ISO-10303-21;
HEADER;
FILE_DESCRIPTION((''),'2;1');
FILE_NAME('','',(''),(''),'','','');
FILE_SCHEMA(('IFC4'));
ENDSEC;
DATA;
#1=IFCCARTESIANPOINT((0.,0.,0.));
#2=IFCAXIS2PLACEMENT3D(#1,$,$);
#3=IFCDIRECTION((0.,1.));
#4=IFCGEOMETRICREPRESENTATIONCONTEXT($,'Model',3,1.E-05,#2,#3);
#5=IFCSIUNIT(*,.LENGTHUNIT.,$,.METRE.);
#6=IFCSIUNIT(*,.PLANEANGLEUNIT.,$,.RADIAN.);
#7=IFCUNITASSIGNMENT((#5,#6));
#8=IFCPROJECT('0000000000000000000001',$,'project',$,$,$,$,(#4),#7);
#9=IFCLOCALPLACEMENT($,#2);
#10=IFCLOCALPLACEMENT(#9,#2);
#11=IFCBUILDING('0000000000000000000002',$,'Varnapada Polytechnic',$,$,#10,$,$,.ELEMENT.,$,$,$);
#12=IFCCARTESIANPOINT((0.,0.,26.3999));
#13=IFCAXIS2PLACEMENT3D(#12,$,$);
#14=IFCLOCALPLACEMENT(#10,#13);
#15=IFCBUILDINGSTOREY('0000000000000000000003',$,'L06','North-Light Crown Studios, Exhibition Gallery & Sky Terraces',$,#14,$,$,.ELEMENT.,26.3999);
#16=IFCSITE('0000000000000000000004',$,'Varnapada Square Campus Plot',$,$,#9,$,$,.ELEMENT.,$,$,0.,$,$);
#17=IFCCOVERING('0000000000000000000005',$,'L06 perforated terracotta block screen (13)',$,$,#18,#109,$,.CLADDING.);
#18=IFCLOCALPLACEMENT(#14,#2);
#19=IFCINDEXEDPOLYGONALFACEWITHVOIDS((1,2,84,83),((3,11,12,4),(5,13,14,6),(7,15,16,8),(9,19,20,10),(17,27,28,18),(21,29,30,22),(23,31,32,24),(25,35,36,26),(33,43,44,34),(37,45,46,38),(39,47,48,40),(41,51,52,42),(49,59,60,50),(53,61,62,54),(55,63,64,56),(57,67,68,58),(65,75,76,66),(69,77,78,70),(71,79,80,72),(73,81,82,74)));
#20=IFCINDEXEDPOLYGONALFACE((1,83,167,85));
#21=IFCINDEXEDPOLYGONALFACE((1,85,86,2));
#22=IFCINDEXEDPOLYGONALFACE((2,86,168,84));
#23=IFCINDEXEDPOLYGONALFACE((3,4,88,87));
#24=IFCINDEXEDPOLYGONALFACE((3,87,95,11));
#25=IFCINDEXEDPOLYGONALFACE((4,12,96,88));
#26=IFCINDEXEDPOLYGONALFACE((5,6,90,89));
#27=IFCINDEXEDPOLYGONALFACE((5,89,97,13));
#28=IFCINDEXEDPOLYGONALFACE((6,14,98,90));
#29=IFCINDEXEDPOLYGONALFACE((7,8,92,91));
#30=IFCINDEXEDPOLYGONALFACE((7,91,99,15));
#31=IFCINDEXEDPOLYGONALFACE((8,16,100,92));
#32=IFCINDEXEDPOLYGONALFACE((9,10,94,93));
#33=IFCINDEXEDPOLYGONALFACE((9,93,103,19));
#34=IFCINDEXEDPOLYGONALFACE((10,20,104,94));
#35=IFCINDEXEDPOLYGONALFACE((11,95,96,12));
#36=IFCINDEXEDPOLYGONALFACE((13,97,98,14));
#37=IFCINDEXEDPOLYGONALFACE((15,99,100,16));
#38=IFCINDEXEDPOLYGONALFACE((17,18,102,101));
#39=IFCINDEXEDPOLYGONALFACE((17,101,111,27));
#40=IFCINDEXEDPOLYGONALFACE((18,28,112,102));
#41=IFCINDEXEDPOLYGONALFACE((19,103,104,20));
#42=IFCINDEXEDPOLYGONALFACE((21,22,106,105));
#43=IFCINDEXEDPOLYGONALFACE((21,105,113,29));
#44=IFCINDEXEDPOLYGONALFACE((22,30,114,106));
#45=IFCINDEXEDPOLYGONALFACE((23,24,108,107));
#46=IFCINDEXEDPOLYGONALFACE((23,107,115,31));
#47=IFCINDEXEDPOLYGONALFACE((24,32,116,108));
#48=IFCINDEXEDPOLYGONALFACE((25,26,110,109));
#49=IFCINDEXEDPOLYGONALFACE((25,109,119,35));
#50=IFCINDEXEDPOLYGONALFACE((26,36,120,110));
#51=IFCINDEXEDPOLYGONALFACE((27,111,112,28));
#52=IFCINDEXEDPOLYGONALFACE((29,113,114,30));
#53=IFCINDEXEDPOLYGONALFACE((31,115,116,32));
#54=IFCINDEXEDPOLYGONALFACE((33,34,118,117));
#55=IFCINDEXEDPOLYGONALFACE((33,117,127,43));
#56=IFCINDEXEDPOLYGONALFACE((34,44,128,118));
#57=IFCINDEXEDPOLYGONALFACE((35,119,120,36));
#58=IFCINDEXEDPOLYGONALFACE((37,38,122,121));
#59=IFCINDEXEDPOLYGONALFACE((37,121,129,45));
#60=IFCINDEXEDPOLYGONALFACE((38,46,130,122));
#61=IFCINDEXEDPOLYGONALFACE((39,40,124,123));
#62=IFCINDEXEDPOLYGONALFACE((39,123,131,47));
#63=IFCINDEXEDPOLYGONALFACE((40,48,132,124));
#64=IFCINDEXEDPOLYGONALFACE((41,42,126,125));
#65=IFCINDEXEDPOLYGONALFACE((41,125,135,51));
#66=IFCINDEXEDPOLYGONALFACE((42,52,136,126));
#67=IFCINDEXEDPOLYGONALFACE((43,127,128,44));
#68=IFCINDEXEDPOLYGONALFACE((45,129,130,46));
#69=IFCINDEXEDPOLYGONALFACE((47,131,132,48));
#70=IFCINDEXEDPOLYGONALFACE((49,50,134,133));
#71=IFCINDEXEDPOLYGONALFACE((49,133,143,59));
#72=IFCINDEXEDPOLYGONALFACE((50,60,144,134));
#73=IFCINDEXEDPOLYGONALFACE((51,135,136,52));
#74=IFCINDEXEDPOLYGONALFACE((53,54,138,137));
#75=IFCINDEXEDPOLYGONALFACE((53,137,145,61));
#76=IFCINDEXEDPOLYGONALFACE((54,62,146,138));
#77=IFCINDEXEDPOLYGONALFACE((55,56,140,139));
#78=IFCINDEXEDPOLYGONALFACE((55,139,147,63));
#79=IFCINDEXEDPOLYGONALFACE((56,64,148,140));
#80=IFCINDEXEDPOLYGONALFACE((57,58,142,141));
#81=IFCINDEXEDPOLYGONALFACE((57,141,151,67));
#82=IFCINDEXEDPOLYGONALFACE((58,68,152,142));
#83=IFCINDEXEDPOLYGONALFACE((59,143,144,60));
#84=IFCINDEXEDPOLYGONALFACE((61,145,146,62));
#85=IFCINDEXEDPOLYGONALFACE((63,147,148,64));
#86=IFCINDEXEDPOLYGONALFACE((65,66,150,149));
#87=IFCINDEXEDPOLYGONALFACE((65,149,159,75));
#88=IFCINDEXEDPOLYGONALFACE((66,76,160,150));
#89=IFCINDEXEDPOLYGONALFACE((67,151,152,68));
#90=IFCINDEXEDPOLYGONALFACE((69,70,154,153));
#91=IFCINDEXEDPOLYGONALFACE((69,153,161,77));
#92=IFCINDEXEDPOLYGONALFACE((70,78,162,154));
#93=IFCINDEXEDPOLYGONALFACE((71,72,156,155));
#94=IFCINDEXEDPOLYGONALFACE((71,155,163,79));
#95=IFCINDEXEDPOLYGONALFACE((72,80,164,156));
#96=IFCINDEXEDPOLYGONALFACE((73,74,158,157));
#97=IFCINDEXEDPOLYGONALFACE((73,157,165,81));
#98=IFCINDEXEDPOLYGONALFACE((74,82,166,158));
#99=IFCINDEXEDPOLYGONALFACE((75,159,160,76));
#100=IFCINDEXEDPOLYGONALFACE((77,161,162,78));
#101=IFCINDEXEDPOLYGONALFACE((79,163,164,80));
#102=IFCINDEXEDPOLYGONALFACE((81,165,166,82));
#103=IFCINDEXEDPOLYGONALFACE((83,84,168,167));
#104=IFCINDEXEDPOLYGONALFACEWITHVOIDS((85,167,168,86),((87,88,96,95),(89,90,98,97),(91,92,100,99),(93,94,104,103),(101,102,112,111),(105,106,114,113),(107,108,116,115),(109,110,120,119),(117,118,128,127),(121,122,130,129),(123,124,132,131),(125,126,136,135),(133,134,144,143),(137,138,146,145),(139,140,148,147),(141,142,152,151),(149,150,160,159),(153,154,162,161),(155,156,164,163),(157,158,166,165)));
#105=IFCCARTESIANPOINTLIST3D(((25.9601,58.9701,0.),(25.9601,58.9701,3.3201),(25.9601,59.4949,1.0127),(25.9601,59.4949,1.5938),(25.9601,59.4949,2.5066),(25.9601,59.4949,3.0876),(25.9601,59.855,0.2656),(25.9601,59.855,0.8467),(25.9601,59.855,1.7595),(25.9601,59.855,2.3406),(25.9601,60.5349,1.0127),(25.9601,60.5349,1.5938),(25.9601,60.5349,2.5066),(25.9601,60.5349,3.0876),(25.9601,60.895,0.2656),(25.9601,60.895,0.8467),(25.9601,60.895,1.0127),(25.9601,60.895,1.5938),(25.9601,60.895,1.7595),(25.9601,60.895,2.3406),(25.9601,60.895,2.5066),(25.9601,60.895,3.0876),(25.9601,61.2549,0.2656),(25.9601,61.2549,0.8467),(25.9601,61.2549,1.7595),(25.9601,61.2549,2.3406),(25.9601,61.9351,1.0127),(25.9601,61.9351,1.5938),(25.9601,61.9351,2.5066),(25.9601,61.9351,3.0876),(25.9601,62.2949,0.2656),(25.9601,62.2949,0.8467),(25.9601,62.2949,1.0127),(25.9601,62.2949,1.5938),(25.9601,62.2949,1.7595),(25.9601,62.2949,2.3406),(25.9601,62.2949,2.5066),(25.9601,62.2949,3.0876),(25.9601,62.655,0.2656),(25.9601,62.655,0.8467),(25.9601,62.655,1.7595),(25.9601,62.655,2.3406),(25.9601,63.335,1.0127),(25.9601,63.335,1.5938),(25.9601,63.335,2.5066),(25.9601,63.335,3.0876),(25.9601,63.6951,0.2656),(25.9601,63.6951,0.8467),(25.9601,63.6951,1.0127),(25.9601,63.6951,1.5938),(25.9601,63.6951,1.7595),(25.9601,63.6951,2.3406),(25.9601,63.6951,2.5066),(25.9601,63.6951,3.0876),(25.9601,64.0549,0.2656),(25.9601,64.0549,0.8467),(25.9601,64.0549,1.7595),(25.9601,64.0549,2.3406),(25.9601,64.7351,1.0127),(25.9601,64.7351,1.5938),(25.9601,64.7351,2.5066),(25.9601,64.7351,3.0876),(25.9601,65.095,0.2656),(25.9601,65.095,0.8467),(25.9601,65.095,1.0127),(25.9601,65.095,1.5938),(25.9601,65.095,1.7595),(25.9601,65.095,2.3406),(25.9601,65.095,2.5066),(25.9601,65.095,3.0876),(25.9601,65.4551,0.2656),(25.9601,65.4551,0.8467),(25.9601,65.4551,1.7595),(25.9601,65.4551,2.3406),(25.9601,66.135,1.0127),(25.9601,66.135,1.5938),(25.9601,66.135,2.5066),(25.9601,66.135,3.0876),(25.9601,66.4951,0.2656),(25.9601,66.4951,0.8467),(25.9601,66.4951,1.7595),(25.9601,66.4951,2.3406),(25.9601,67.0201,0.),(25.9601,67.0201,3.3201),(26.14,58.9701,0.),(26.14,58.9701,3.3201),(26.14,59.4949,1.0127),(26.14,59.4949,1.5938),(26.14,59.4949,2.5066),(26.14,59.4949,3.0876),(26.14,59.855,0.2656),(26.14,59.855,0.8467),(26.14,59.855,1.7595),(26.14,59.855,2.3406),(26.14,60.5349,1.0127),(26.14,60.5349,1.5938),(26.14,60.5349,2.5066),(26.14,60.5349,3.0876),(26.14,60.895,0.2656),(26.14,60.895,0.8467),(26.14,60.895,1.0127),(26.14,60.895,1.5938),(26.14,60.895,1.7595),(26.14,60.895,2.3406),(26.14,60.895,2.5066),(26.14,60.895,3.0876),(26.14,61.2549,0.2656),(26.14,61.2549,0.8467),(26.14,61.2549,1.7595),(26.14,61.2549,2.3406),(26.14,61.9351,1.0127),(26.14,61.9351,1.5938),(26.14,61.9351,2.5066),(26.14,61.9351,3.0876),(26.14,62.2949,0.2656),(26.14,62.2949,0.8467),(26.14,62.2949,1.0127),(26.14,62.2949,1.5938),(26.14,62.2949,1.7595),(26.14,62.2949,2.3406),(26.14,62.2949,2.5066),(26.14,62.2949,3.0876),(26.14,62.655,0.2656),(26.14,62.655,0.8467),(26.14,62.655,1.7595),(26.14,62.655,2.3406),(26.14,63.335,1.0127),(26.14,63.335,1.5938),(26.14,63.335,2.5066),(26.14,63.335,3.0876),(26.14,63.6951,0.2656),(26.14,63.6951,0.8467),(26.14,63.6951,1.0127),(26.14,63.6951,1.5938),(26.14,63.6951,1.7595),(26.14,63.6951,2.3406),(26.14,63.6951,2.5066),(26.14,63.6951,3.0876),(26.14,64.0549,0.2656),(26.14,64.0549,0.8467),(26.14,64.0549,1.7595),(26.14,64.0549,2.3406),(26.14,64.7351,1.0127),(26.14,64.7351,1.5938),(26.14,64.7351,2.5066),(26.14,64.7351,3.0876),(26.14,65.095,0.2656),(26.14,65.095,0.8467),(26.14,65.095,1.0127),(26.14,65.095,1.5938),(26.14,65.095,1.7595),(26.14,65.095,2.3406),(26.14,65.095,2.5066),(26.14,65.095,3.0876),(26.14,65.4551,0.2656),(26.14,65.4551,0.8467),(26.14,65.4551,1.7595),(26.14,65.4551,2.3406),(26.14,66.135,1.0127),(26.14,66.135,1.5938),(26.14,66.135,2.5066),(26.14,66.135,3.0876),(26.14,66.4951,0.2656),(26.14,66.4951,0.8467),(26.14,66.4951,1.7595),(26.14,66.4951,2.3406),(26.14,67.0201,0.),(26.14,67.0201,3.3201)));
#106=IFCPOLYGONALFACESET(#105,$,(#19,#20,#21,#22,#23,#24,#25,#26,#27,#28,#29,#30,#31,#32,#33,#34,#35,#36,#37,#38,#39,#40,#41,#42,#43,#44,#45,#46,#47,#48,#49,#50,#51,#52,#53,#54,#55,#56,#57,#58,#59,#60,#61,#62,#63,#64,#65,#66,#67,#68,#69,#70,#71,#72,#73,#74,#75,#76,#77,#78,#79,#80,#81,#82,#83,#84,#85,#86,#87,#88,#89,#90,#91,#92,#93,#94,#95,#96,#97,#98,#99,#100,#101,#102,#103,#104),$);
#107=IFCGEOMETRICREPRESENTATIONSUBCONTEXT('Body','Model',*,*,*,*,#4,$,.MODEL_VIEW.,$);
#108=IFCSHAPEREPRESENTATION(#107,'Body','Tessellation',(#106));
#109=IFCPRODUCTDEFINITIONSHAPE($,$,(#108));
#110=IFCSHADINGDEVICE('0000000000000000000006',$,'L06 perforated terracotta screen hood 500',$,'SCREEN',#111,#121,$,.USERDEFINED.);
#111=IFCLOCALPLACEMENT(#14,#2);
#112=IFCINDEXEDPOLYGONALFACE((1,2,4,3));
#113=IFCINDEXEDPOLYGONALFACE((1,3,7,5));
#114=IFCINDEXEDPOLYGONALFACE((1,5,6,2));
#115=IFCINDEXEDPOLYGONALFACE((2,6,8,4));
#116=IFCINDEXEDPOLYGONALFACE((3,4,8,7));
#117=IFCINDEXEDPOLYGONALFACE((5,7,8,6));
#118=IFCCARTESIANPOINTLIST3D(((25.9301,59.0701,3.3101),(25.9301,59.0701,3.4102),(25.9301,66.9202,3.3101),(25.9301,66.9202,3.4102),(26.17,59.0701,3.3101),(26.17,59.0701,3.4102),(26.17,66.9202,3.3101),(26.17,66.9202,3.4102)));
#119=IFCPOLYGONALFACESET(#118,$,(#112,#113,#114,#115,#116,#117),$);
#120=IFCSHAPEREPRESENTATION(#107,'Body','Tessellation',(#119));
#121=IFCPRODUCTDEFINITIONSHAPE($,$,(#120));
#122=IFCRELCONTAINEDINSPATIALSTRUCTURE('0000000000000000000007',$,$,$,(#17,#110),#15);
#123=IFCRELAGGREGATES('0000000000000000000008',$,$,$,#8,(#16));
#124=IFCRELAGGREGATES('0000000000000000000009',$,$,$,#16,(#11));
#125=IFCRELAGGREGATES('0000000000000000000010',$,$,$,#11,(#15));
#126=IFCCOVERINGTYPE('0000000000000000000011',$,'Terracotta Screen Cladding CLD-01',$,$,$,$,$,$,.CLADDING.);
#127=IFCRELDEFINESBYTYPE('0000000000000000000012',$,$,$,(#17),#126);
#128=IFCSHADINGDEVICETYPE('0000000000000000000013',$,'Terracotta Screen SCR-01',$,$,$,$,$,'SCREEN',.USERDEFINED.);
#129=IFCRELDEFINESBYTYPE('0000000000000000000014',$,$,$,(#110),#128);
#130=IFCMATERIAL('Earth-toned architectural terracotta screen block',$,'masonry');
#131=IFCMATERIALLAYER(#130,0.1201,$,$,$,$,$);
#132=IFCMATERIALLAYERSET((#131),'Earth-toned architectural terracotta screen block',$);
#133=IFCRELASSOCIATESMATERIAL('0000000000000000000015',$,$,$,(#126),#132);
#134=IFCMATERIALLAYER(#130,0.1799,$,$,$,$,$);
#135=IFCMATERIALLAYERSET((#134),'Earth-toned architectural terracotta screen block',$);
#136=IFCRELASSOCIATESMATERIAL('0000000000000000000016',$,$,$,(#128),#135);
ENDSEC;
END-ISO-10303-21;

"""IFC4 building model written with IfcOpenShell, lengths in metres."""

from ifc_helpers import new_model, si_unit, direction, frame, frame_2d, origin, origin_2d, place, context, subcontext, project, spatial, rectangle, extrude, material, layer, layer_set, type_object, element, save


model = new_model("IFC4")

# Units and contexts
model_context = context("Model", 3, precision=1e-05, world=origin(), true_north=direction((0.0, 1.0)))
body_context = subcontext(model_context, "Body", "Model", "MODEL_VIEW")
ifc_project = project(units=[si_unit("LENGTHUNIT", "METRE"), si_unit("PLANEANGLEUNIT", "RADIAN")], contexts=[model_context])

# Site, building, storey
site_placement = place(None, origin())
site = spatial("IfcSite", under=ifc_project, at=site_placement, Name="Varnapada Square Campus Plot", CompositionType="ELEMENT", RefElevation=0.0)
building_placement = place(site_placement, origin())
building = spatial("IfcBuilding", under=site, at=building_placement, Name="Varnapada Polytechnic", CompositionType="ELEMENT")
storey_placement = place(building_placement, frame((0.0, 0.0, 26.3999)))
storey = spatial("IfcBuildingStorey", under=building, at=storey_placement, Name="L06", Description="North-Light Crown Studios, Exhibition Gallery & Sky Terraces", CompositionType="ELEMENT", Elevation=26.3999)

# Covering, openings
ifc_material_1 = material(Name="Earth-toned architectural terracotta screen block", Category="masonry")
ifc_layer_1 = layer(ifc_material_1, 0.1201)
ifc_layer_set_1 = layer_set([ifc_layer_1], Name="Earth-toned architectural terracotta screen block")
covering_type_1 = type_object("IfcCoveringType", Name="Terracotta Screen Cladding CLD-01", PredefinedType="CLADDING", material=ifc_layer_set_1)
covering_1_placement = place(storey_placement, frame((26.05, 67.02, 0.0), z_axis=(0.0, 0.0, 1.0), x_axis=(0.0, -1.0, 0.0)))
covering_1 = element("IfcCovering", 1, at=covering_1_placement, inside=storey, type_object=covering_type_1, Name="L06 perforated terracotta block screen (13)", PredefinedType="CLADDING", context=body_context, shape_type="SweptSolid", body=[
    extrude(rectangle(XDim=8.05, YDim=0.1799, at=frame_2d((4.0249, 0.0))), origin(), (0.0, 0.0, 1.0), 3.3201),
])
opening_1_placement = place(covering_1_placement, frame((0.5249, 0.0, 0.2656)))
element("IfcOpeningElement", 2, at=opening_1_placement, cuts=covering_1, PredefinedType="OPENING", context=body_context, shape_type="SweptSolid", body=[
    extrude(rectangle(XDim=1.04, YDim=0.5811, at=frame_2d((0.52, 0.2905))), frame((0.0, 0.0999, 0.0), z_axis=(0.0, -1.0, 0.0), x_axis=(1.0, 0.0, 0.0)), (0.0, 0.0, 1.0), 0.2),
])
opening_2_placement = place(covering_1_placement, frame((1.925, 0.0, 0.2656)))
element("IfcOpeningElement", 3, at=opening_2_placement, cuts=covering_1, PredefinedType="OPENING", context=body_context, shape_type="SweptSolid", body=[
    extrude(rectangle(XDim=1.04, YDim=0.5811, at=frame_2d((0.52, 0.2905))), frame((0.0, 0.0999, 0.0), z_axis=(0.0, -1.0, 0.0), x_axis=(1.0, 0.0, 0.0)), (0.0, 0.0, 1.0), 0.2),
])
opening_3_placement = place(covering_1_placement, frame((3.325, 0.0, 0.2656)))
element("IfcOpeningElement", 4, at=opening_3_placement, cuts=covering_1, PredefinedType="OPENING", context=body_context, shape_type="SweptSolid", body=[
    extrude(rectangle(XDim=1.04, YDim=0.5811, at=frame_2d((0.52, 0.2905))), frame((0.0, 0.0999, 0.0), z_axis=(0.0, -1.0, 0.0), x_axis=(1.0, 0.0, 0.0)), (0.0, 0.0, 1.0), 0.2),
])
opening_4_placement = place(covering_1_placement, frame((4.7251, 0.0, 0.2656)))
element("IfcOpeningElement", 5, at=opening_4_placement, cuts=covering_1, PredefinedType="OPENING", context=body_context, shape_type="SweptSolid", body=[
    extrude(rectangle(XDim=1.04, YDim=0.5811, at=frame_2d((0.52, 0.2905))), frame((0.0, 0.0999, 0.0), z_axis=(0.0, -1.0, 0.0), x_axis=(1.0, 0.0, 0.0)), (0.0, 0.0, 1.0), 0.2),
])
opening_5_placement = place(covering_1_placement, frame((6.125, 0.0, 0.2656)))
element("IfcOpeningElement", 6, at=opening_5_placement, cuts=covering_1, PredefinedType="OPENING", context=body_context, shape_type="SweptSolid", body=[
    extrude(rectangle(XDim=1.04, YDim=0.5811, at=frame_2d((0.52, 0.2905))), frame((0.0, 0.0999, 0.0), z_axis=(0.0, -1.0, 0.0), x_axis=(1.0, 0.0, 0.0)), (0.0, 0.0, 1.0), 0.2),
])
opening_6_placement = place(covering_1_placement, frame((0.885, 0.0, 1.0127)))
element("IfcOpeningElement", 7, at=opening_6_placement, cuts=covering_1, PredefinedType="OPENING", context=body_context, shape_type="SweptSolid", body=[
    extrude(rectangle(XDim=1.04, YDim=0.5811, at=frame_2d((0.52, 0.2905))), frame((0.0, 0.0999, 0.0), z_axis=(0.0, -1.0, 0.0), x_axis=(1.0, 0.0, 0.0)), (0.0, 0.0, 1.0), 0.2),
])
opening_7_placement = place(covering_1_placement, frame((2.2849, 0.0, 1.0127)))
element("IfcOpeningElement", 8, at=opening_7_placement, cuts=covering_1, PredefinedType="OPENING", context=body_context, shape_type="SweptSolid", body=[
    extrude(rectangle(XDim=1.04, YDim=0.5811, at=frame_2d((0.52, 0.2905))), frame((0.0, 0.0999, 0.0), z_axis=(0.0, -1.0, 0.0), x_axis=(1.0, 0.0, 0.0)), (0.0, 0.0, 1.0), 0.2),
])
opening_8_placement = place(covering_1_placement, frame((3.6851, 0.0, 1.0127)))
element("IfcOpeningElement", 9, at=opening_8_placement, cuts=covering_1, PredefinedType="OPENING", context=body_context, shape_type="SweptSolid", body=[
    extrude(rectangle(XDim=1.04, YDim=0.5811, at=frame_2d((0.52, 0.2905))), frame((0.0, 0.0999, 0.0), z_axis=(0.0, -1.0, 0.0), x_axis=(1.0, 0.0, 0.0)), (0.0, 0.0, 1.0), 0.2),
])
opening_9_placement = place(covering_1_placement, frame((5.085, 0.0, 1.0127)))
element("IfcOpeningElement", 10, at=opening_9_placement, cuts=covering_1, PredefinedType="OPENING", context=body_context, shape_type="SweptSolid", body=[
    extrude(rectangle(XDim=1.04, YDim=0.5811, at=frame_2d((0.52, 0.2905))), frame((0.0, 0.0999, 0.0), z_axis=(0.0, -1.0, 0.0), x_axis=(1.0, 0.0, 0.0)), (0.0, 0.0, 1.0), 0.2),
])
opening_10_placement = place(covering_1_placement, frame((6.4851, 0.0, 1.0127)))
element("IfcOpeningElement", 11, at=opening_10_placement, cuts=covering_1, PredefinedType="OPENING", context=body_context, shape_type="SweptSolid", body=[
    extrude(rectangle(XDim=1.04, YDim=0.5811, at=frame_2d((0.52, 0.2905))), frame((0.0, 0.0999, 0.0), z_axis=(0.0, -1.0, 0.0), x_axis=(1.0, 0.0, 0.0)), (0.0, 0.0, 1.0), 0.2),
])
opening_11_placement = place(covering_1_placement, frame((0.5249, 0.0, 1.7595)))
element("IfcOpeningElement", 12, at=opening_11_placement, cuts=covering_1, PredefinedType="OPENING", context=body_context, shape_type="SweptSolid", body=[
    extrude(rectangle(XDim=1.04, YDim=0.5811, at=frame_2d((0.52, 0.2905))), frame((0.0, 0.0999, 0.0), z_axis=(0.0, -1.0, 0.0), x_axis=(1.0, 0.0, 0.0)), (0.0, 0.0, 1.0), 0.2),
])
opening_12_placement = place(covering_1_placement, frame((1.925, 0.0, 1.7595)))
element("IfcOpeningElement", 13, at=opening_12_placement, cuts=covering_1, PredefinedType="OPENING", context=body_context, shape_type="SweptSolid", body=[
    extrude(rectangle(XDim=1.04, YDim=0.5811, at=frame_2d((0.52, 0.2905))), frame((0.0, 0.0999, 0.0), z_axis=(0.0, -1.0, 0.0), x_axis=(1.0, 0.0, 0.0)), (0.0, 0.0, 1.0), 0.2),
])
opening_13_placement = place(covering_1_placement, frame((3.325, 0.0, 1.7595)))
element("IfcOpeningElement", 14, at=opening_13_placement, cuts=covering_1, PredefinedType="OPENING", context=body_context, shape_type="SweptSolid", body=[
    extrude(rectangle(XDim=1.04, YDim=0.5811, at=frame_2d((0.52, 0.2905))), frame((0.0, 0.0999, 0.0), z_axis=(0.0, -1.0, 0.0), x_axis=(1.0, 0.0, 0.0)), (0.0, 0.0, 1.0), 0.2),
])
opening_14_placement = place(covering_1_placement, frame((4.7251, 0.0, 1.7595)))
element("IfcOpeningElement", 15, at=opening_14_placement, cuts=covering_1, PredefinedType="OPENING", context=body_context, shape_type="SweptSolid", body=[
    extrude(rectangle(XDim=1.04, YDim=0.5811, at=frame_2d((0.52, 0.2905))), frame((0.0, 0.0999, 0.0), z_axis=(0.0, -1.0, 0.0), x_axis=(1.0, 0.0, 0.0)), (0.0, 0.0, 1.0), 0.2),
])
opening_15_placement = place(covering_1_placement, frame((6.125, 0.0, 1.7595)))
element("IfcOpeningElement", 16, at=opening_15_placement, cuts=covering_1, PredefinedType="OPENING", context=body_context, shape_type="SweptSolid", body=[
    extrude(rectangle(XDim=1.04, YDim=0.5811, at=frame_2d((0.52, 0.2905))), frame((0.0, 0.0999, 0.0), z_axis=(0.0, -1.0, 0.0), x_axis=(1.0, 0.0, 0.0)), (0.0, 0.0, 1.0), 0.2),
])
opening_16_placement = place(covering_1_placement, frame((0.885, 0.0, 2.5066)))
element("IfcOpeningElement", 17, at=opening_16_placement, cuts=covering_1, PredefinedType="OPENING", context=body_context, shape_type="SweptSolid", body=[
    extrude(rectangle(XDim=1.04, YDim=0.5811, at=frame_2d((0.52, 0.2905))), frame((0.0, 0.0999, 0.0), z_axis=(0.0, -1.0, 0.0), x_axis=(1.0, 0.0, 0.0)), (0.0, 0.0, 1.0), 0.2),
])
opening_17_placement = place(covering_1_placement, frame((2.2849, 0.0, 2.5066)))
element("IfcOpeningElement", 18, at=opening_17_placement, cuts=covering_1, PredefinedType="OPENING", context=body_context, shape_type="SweptSolid", body=[
    extrude(rectangle(XDim=1.04, YDim=0.5811, at=frame_2d((0.52, 0.2905))), frame((0.0, 0.0999, 0.0), z_axis=(0.0, -1.0, 0.0), x_axis=(1.0, 0.0, 0.0)), (0.0, 0.0, 1.0), 0.2),
])
opening_18_placement = place(covering_1_placement, frame((3.6851, 0.0, 2.5066)))
element("IfcOpeningElement", 19, at=opening_18_placement, cuts=covering_1, PredefinedType="OPENING", context=body_context, shape_type="SweptSolid", body=[
    extrude(rectangle(XDim=1.04, YDim=0.5811, at=frame_2d((0.52, 0.2905))), frame((0.0, 0.0999, 0.0), z_axis=(0.0, -1.0, 0.0), x_axis=(1.0, 0.0, 0.0)), (0.0, 0.0, 1.0), 0.2),
])
opening_19_placement = place(covering_1_placement, frame((5.085, 0.0, 2.5066)))
element("IfcOpeningElement", 20, at=opening_19_placement, cuts=covering_1, PredefinedType="OPENING", context=body_context, shape_type="SweptSolid", body=[
    extrude(rectangle(XDim=1.04, YDim=0.5811, at=frame_2d((0.52, 0.2905))), frame((0.0, 0.0999, 0.0), z_axis=(0.0, -1.0, 0.0), x_axis=(1.0, 0.0, 0.0)), (0.0, 0.0, 1.0), 0.2),
])
opening_20_placement = place(covering_1_placement, frame((6.4851, 0.0, 2.5066)))
element("IfcOpeningElement", 21, at=opening_20_placement, cuts=covering_1, PredefinedType="OPENING", context=body_context, shape_type="SweptSolid", body=[
    extrude(rectangle(XDim=1.04, YDim=0.5811, at=frame_2d((0.52, 0.2905))), frame((0.0, 0.0999, 0.0), z_axis=(0.0, -1.0, 0.0), x_axis=(1.0, 0.0, 0.0)), (0.0, 0.0, 1.0), 0.2),
])

# Shading device
ifc_layer_2 = layer(ifc_material_1, 0.1799)
ifc_layer_set_2 = layer_set([ifc_layer_2], Name="Earth-toned architectural terracotta screen block")
shading_device_type = type_object("IfcShadingDeviceType", Name="Terracotta Screen SCR-01", ElementType="SCREEN", PredefinedType="USERDEFINED", material=ifc_layer_set_2)
shading_device_placement = place(storey_placement, frame((26.05, 62.9951, 3.3101), z_axis=(0.0, 0.0, 1.0), x_axis=(0.0, -1.0, 0.0)))
element("IfcShadingDevice", 22, at=shading_device_placement, inside=storey, type_object=shading_device_type, Name="L06 perforated terracotta screen hood 500", ObjectType="SCREEN", PredefinedType="USERDEFINED", context=body_context, shape_type="SweptSolid", body=[
    extrude(rectangle(XDim=7.8501, YDim=0.24, at=origin_2d()), origin(), (0.0, 0.0, 1.0), 0.1001),
])

save(model, "model.ifc")
